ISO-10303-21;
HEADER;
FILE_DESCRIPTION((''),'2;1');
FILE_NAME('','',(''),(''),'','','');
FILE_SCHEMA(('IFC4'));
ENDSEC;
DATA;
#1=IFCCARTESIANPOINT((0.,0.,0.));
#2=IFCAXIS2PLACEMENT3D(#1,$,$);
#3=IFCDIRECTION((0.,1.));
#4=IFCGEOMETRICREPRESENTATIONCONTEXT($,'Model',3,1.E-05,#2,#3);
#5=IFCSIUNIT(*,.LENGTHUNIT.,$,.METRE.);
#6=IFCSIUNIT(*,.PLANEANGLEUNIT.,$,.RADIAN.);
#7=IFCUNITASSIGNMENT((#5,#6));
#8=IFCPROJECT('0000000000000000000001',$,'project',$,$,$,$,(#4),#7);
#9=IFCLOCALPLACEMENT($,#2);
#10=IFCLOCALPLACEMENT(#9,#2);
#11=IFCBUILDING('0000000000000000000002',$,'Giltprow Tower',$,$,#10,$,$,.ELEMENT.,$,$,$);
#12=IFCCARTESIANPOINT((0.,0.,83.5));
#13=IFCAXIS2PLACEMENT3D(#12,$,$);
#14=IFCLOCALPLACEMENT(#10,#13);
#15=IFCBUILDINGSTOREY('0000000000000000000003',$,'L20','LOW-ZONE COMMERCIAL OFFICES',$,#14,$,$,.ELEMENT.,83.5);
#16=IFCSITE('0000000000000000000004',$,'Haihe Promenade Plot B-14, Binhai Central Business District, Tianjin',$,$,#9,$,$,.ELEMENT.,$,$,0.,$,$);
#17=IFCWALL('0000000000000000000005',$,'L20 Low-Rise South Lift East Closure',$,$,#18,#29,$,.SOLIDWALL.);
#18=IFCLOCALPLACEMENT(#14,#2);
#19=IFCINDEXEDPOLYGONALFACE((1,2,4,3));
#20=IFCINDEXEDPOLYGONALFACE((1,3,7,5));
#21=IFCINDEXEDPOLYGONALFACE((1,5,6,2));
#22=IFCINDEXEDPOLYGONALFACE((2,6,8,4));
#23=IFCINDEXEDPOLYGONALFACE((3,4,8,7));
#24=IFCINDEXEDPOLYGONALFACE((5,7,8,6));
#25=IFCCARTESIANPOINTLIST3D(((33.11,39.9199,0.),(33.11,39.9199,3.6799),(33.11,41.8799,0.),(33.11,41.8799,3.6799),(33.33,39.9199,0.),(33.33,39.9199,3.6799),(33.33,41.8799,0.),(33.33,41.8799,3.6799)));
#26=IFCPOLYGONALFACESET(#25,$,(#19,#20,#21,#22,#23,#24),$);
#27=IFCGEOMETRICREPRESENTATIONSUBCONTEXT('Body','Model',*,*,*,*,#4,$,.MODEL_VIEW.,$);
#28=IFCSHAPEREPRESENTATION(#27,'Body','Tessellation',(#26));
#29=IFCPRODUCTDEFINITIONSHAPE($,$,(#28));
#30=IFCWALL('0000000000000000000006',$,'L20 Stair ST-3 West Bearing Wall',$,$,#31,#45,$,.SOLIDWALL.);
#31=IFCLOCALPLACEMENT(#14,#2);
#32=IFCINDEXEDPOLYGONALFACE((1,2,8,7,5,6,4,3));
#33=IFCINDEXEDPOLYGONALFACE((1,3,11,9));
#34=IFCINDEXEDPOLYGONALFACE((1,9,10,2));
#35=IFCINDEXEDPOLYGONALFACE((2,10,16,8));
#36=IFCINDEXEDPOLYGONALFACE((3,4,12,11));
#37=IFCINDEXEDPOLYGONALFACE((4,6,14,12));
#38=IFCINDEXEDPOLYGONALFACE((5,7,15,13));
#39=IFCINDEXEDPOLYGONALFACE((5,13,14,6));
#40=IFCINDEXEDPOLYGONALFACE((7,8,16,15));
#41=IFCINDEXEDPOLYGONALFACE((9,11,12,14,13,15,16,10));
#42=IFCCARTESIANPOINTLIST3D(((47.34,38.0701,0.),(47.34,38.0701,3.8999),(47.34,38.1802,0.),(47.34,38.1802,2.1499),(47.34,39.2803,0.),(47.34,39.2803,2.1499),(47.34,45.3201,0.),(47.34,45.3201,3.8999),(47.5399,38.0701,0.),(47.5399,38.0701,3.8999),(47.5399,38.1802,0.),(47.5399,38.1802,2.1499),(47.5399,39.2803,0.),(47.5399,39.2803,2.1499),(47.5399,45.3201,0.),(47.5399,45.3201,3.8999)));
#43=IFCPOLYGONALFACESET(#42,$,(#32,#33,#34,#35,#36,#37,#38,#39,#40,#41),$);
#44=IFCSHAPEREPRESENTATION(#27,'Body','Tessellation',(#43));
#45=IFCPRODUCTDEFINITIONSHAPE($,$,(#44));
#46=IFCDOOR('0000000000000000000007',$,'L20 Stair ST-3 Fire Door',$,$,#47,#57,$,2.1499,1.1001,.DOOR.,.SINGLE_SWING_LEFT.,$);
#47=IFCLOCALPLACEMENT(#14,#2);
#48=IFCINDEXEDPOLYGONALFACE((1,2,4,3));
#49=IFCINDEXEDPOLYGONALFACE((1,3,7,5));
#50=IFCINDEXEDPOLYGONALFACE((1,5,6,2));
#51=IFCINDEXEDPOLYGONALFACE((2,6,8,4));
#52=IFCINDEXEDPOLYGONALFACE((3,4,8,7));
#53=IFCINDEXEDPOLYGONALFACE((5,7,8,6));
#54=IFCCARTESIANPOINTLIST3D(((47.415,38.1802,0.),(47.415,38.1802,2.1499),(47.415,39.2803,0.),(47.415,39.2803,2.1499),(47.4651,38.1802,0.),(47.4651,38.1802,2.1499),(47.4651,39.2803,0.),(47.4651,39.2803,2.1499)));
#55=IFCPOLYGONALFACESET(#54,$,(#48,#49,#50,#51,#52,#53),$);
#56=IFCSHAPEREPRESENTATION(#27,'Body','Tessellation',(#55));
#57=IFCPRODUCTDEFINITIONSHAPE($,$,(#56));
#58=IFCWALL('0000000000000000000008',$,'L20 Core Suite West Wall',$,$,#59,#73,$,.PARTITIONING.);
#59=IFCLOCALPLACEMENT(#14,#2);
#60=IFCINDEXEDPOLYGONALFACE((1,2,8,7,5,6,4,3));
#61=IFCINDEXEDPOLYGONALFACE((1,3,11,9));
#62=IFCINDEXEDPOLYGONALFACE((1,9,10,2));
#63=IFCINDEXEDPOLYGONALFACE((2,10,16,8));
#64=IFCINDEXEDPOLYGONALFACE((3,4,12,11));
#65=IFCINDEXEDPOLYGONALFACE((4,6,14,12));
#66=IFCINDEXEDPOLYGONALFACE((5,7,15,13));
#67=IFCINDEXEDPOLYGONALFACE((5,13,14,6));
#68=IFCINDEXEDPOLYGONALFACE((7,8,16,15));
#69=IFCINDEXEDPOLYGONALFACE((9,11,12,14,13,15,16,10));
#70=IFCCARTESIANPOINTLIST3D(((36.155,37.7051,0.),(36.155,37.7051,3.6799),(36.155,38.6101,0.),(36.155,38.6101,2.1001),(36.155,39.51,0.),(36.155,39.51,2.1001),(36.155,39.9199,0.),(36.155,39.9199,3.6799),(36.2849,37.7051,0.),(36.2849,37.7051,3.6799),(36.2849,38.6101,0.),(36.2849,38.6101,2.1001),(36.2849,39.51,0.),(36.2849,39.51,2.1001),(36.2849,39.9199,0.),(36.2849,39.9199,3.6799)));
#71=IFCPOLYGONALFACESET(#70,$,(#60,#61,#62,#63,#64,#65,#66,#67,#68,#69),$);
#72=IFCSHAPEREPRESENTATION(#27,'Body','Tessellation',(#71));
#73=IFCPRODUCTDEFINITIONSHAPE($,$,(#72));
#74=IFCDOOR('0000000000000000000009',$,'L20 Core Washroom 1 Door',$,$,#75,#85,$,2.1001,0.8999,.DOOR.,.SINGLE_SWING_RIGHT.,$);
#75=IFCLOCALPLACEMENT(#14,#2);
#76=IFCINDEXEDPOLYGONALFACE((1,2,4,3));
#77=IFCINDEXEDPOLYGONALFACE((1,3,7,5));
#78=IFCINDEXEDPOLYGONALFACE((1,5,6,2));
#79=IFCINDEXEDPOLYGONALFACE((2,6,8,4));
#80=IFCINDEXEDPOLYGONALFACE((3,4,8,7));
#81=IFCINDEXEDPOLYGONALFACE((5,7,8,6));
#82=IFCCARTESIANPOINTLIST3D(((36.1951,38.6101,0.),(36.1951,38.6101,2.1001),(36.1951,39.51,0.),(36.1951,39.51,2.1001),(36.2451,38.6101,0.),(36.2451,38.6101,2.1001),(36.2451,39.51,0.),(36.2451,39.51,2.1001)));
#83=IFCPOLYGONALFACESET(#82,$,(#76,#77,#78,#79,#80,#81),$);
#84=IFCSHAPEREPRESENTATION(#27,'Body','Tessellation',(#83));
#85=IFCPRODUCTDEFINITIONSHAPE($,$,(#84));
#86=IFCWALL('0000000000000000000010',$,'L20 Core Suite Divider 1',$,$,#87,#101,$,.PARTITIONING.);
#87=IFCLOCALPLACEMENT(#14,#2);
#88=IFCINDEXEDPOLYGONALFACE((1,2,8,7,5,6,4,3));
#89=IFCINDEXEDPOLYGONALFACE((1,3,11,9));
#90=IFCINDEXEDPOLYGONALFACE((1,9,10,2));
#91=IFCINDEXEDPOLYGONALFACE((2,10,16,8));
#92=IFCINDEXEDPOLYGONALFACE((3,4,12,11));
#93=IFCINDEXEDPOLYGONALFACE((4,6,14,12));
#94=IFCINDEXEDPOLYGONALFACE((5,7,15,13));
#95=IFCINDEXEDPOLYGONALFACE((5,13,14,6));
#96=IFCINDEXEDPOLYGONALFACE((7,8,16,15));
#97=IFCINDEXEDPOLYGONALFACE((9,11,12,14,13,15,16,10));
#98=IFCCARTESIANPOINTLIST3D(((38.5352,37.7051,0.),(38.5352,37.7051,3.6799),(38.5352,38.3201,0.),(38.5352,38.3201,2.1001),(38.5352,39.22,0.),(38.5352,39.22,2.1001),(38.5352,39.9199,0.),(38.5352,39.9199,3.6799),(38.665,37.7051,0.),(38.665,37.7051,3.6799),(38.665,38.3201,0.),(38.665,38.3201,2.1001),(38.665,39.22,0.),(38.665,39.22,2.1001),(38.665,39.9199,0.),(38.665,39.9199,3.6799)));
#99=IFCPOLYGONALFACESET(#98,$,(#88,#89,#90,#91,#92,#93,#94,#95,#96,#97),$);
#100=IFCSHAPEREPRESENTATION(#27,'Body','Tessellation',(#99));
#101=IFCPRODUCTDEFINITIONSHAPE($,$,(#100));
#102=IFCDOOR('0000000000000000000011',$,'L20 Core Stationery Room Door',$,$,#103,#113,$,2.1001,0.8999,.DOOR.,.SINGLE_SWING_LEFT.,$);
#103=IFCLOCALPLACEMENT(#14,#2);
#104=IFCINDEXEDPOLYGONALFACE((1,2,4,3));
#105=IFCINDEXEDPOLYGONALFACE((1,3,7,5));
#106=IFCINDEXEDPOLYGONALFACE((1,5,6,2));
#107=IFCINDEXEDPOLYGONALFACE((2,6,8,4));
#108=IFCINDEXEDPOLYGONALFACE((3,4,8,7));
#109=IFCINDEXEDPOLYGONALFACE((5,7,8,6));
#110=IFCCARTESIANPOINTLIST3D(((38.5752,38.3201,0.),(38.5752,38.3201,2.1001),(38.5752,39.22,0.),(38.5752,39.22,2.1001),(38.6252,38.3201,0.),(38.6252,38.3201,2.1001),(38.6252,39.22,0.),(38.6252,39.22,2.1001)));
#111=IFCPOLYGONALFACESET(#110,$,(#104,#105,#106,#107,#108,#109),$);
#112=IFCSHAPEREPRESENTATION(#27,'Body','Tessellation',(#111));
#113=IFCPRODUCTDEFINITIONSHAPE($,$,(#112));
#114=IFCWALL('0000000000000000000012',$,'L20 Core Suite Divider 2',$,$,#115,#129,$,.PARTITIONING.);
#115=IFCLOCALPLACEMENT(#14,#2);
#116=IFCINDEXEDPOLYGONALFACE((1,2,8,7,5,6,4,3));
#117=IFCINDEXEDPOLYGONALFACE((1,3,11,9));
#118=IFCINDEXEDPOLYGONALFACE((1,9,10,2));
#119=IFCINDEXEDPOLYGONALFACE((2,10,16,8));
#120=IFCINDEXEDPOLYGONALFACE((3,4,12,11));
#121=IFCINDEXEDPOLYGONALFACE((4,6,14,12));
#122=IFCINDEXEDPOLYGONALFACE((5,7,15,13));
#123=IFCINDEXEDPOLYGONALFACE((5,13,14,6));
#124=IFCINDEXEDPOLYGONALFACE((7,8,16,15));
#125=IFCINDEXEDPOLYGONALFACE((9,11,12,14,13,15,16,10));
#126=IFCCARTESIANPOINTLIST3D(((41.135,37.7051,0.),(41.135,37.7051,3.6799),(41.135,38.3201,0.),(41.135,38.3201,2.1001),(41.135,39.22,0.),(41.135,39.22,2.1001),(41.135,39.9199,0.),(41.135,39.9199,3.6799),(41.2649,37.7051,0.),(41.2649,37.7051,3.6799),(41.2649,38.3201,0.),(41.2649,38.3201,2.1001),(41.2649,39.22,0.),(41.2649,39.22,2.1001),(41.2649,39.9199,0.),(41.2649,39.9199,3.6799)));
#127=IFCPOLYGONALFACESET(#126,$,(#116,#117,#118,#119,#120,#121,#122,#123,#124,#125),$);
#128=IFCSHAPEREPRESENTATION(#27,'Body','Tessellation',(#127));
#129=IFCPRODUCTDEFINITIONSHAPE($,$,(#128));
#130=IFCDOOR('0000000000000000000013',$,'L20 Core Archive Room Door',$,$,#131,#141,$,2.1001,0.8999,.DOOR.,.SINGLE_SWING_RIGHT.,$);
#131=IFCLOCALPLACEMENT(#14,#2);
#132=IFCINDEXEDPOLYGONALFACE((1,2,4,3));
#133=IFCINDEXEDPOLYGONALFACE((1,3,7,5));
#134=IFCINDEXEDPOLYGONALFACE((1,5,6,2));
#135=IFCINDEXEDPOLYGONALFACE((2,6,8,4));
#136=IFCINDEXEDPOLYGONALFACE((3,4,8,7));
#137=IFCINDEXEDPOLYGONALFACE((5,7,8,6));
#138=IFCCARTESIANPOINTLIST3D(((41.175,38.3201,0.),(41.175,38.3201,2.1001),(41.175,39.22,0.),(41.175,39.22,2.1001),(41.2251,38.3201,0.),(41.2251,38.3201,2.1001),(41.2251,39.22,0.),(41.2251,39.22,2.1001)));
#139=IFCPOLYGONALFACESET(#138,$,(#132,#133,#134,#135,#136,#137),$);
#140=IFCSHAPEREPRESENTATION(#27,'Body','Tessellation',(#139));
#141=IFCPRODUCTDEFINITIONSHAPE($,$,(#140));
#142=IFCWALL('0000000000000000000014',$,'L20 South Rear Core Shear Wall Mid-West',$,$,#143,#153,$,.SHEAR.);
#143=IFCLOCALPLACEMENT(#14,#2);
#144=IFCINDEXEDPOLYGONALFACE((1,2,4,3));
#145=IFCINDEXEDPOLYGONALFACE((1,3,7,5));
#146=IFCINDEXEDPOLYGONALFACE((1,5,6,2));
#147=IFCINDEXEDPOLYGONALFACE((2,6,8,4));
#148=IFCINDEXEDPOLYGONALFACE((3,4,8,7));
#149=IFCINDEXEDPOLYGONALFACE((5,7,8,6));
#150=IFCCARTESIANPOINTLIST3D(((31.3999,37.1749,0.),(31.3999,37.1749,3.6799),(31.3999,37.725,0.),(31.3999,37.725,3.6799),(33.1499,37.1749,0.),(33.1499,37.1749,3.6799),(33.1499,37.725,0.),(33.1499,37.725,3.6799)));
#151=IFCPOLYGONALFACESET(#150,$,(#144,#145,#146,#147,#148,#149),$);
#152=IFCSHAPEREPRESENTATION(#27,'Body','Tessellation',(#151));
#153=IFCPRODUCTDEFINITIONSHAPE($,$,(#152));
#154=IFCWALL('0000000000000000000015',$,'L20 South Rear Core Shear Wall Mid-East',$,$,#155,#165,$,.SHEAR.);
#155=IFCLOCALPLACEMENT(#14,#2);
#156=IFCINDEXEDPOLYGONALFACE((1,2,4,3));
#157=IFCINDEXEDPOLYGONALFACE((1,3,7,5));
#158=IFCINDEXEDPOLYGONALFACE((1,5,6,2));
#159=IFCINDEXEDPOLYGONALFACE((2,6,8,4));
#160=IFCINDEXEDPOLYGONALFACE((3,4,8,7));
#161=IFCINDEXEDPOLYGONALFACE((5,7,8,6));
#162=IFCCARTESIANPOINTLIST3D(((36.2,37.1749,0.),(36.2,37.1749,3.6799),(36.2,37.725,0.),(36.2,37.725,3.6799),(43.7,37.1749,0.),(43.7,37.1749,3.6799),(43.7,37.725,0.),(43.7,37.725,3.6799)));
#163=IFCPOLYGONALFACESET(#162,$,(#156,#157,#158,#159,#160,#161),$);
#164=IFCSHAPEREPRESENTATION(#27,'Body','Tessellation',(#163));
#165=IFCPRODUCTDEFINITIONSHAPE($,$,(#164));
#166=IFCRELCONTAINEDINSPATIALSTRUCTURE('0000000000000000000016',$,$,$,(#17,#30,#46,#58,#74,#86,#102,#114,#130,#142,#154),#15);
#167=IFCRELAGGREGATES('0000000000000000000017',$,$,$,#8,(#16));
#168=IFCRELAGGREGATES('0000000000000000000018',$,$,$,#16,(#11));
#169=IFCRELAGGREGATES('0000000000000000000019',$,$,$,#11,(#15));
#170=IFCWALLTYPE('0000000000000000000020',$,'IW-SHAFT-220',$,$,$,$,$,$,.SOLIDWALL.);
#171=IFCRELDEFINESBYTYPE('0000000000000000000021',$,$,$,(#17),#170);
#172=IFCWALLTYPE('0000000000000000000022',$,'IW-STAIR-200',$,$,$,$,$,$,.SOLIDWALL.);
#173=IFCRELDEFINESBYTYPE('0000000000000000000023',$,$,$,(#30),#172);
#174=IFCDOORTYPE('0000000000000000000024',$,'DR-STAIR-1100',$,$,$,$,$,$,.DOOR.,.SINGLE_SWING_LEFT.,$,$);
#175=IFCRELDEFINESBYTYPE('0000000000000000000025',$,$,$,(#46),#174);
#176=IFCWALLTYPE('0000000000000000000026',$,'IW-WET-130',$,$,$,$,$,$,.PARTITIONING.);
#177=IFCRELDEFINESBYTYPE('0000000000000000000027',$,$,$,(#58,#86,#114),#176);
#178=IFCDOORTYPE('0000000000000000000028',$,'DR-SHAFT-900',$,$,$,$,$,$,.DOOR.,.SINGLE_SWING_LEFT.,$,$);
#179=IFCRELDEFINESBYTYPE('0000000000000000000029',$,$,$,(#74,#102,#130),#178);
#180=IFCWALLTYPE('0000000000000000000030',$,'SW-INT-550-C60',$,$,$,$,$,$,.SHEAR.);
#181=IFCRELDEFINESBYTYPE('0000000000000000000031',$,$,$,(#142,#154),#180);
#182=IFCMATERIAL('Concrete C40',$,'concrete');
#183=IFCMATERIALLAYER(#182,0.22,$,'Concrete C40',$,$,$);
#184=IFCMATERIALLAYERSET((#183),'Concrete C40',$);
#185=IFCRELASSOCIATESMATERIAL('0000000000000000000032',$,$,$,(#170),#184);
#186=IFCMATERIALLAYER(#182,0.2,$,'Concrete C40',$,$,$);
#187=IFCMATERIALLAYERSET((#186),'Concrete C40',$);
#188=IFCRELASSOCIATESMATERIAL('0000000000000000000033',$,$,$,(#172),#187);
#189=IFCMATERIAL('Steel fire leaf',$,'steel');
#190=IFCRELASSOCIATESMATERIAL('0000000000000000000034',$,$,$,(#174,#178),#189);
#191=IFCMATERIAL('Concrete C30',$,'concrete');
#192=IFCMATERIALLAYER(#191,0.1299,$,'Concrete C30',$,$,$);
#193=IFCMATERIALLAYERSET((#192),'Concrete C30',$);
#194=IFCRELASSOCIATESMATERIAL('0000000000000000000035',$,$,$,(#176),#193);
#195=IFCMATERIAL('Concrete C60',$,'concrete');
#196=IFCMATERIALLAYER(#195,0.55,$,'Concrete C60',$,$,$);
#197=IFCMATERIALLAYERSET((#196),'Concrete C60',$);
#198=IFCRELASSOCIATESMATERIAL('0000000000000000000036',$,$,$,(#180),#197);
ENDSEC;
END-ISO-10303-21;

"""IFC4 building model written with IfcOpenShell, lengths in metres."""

from ifc_helpers import new_model, si_unit, direction, frame, frame_2d, origin, place, context, subcontext, project, spatial, rectangle, extrude, source, transform, mapped, material, layer, layer_set, type_object, element, fill, save


model = new_model("IFC4")

# Units and contexts
model_context = context("Model", 3, precision=1e-05, world=origin(), true_north=direction((0.0, 1.0)))
body_context = subcontext(model_context, "Body", "Model", "MODEL_VIEW")
ifc_project = project(units=[si_unit("LENGTHUNIT", "METRE"), si_unit("PLANEANGLEUNIT", "RADIAN")], contexts=[model_context])

# Site, building, storey
site_placement = place(None, origin())
site = spatial("IfcSite", under=ifc_project, at=site_placement, Name="Haihe Promenade Plot B-14, Binhai Central Business District, Tianjin", CompositionType="ELEMENT", RefElevation=0.0)
building_placement = place(site_placement, origin())
building = spatial("IfcBuilding", under=site, at=building_placement, Name="Giltprow Tower", CompositionType="ELEMENT")
storey_placement = place(building_placement, frame((0.0, 0.0, 83.5)))
storey = spatial("IfcBuildingStorey", under=building, at=storey_placement, Name="L20", Description="LOW-ZONE COMMERCIAL OFFICES", CompositionType="ELEMENT", Elevation=83.5)

# Shared definitions
ifc_material_1 = material(Name="Concrete C60", Category="concrete")

# Wall
ifc_material_2 = material(Name="Concrete C40", Category="concrete")
ifc_layer_1 = layer(ifc_material_2, 0.22, Name="Concrete C40")
ifc_layer_set_1 = layer_set([ifc_layer_1], Name="Concrete C40")
wall_type_1 = type_object("IfcWallType", Name="IW-SHAFT-220", PredefinedType="SOLIDWALL", material=ifc_layer_set_1)
wall_1_placement = place(storey_placement, frame((33.22, 39.9199, 0.0), z_axis=(0.0, 0.0, 1.0), x_axis=(0.0, 1.0, 0.0)))
element("IfcWall", 1, at=wall_1_placement, inside=storey, type_object=wall_type_1, Name="L20 Low-Rise South Lift East Closure", PredefinedType="SOLIDWALL", context=body_context, shape_type="SweptSolid", body=[
    extrude(rectangle(XDim=1.96, YDim=0.22, at=frame_2d((0.98, 0.0))), origin(), (0.0, 0.0, 1.0), 3.6799),
])

# Walls, openings, doors
ifc_layer_2 = layer(ifc_material_2, 0.2, Name="Concrete C40")
ifc_layer_set_2 = layer_set([ifc_layer_2], Name="Concrete C40")
wall_type_2 = type_object("IfcWallType", Name="IW-STAIR-200", PredefinedType="SOLIDWALL", material=ifc_layer_set_2)
wall_2_placement = place(storey_placement, frame((47.4399, 38.0701, 0.0), z_axis=(0.0, 0.0, 1.0), x_axis=(0.0, 1.0, 0.0)))
wall_2 = element("IfcWall", 2, at=wall_2_placement, inside=storey, type_object=wall_type_2, Name="L20 Stair ST-3 West Bearing Wall", PredefinedType="SOLIDWALL", context=body_context, shape_type="SweptSolid", body=[
    extrude(rectangle(XDim=7.25, YDim=0.2, at=frame_2d((3.625, 0.0))), origin(), (0.0, 0.0, 1.0), 3.8999),
])
opening_1_placement = place(wall_2_placement, frame((0.1101, 0.0, 0.0)))
opening_1 = element("IfcOpeningElement", 3, at=opening_1_placement, cuts=wall_2, PredefinedType="OPENING", context=body_context, shape_type="SweptSolid", body=[
    extrude(rectangle(XDim=1.1001, YDim=2.1499, at=frame_2d((0.55, 1.075))), frame((0.0, 0.1099, 0.0), z_axis=(0.0, -1.0, 0.0), x_axis=(1.0, 0.0, 0.0)), (0.0, 0.0, 1.0), 0.22),
])
ifc_material_3 = material(Name="Steel fire leaf", Category="steel")
door_type_1 = type_object("IfcDoorType", Name="DR-STAIR-1100", OperationType="SINGLE_SWING_LEFT", PredefinedType="DOOR", material=ifc_material_3)
shared_shape_1 = source(origin(), body_context, "Body", "SweptSolid", [
    extrude(rectangle(XDim=1.1001, YDim=2.1499, at=frame_2d((0.55, 1.075))), frame((0.0, 0.0249, 0.0), z_axis=(0.0, -1.0, 0.0), x_axis=(1.0, 0.0, 0.0)), (0.0, 0.0, 1.0), 0.05),
])
door_1_placement = place(opening_1_placement, origin())
door_1 = element("IfcDoor", 4, at=door_1_placement, inside=storey, type_object=door_type_1, Name="L20 Stair ST-3 Fire Door", OperationType="SINGLE_SWING_LEFT", OverallHeight=2.1499, OverallWidth=1.1001, PredefinedType="DOOR", context=body_context, shape_type="MappedRepresentation", body=[
    mapped(shared_shape_1, transform((0.0, 0.0, 0.0), x_axis=(1.0, 0.0, 0.0), y_axis=(0.0, 1.0, 0.0), z_axis=(0.0, 0.0, 1.0), scale=1.0)),
])
fill(opening_1, door_1)
ifc_material_4 = material(Name="Concrete C30", Category="concrete")
ifc_layer_3 = layer(ifc_material_4, 0.1299, Name="Concrete C30")
ifc_layer_set_3 = layer_set([ifc_layer_3], Name="Concrete C30")
wall_type_3 = type_object("IfcWallType", Name="IW-WET-130", PredefinedType="PARTITIONING", material=ifc_layer_set_3)
wall_3_placement = place(storey_placement, frame((36.22, 37.7051, 0.0), z_axis=(0.0, 0.0, 1.0), x_axis=(0.0, 1.0, 0.0)))
wall_3 = element("IfcWall", 5, at=wall_3_placement, inside=storey, type_object=wall_type_3, Name="L20 Core Suite West Wall", PredefinedType="PARTITIONING", context=body_context, shape_type="SweptSolid", body=[
    extrude(rectangle(XDim=2.2148, YDim=0.1299, at=frame_2d((1.1074, 0.0))), origin(), (0.0, 0.0, 1.0), 3.6799),
])
opening_2_placement = place(wall_3_placement, frame((0.905, 0.0, 0.0)))
opening_2 = element("IfcOpeningElement", 6, at=opening_2_placement, cuts=wall_3, PredefinedType="OPENING", context=body_context, shape_type="SweptSolid", body=[
    extrude(rectangle(XDim=0.8999, YDim=2.1001, at=frame_2d((0.45, 1.05))), frame((0.0, 0.075, 0.0), z_axis=(0.0, -1.0, 0.0), x_axis=(1.0, 0.0, 0.0)), (0.0, 0.0, 1.0), 0.1499),
])
door_type_2 = type_object("IfcDoorType", Name="DR-SHAFT-900", OperationType="SINGLE_SWING_LEFT", PredefinedType="DOOR", material=ifc_material_3)
shared_shape_2 = source(origin(), body_context, "Body", "SweptSolid", [
    extrude(rectangle(XDim=0.8999, YDim=2.1001, at=frame_2d((0.45, 1.05))), frame((0.0, 0.0249, 0.0), z_axis=(0.0, -1.0, 0.0), x_axis=(1.0, 0.0, 0.0)), (0.0, 0.0, 1.0), 0.05),
])
door_2_placement = place(opening_2_placement, origin())
door_2 = element("IfcDoor", 7, at=door_2_placement, inside=storey, type_object=door_type_2, Name="L20 Core Washroom 1 Door", OperationType="SINGLE_SWING_RIGHT", OverallHeight=2.1001, OverallWidth=0.8999, PredefinedType="DOOR", context=body_context, shape_type="MappedRepresentation", body=[
    mapped(shared_shape_2, transform((0.0, 0.0, 0.0), x_axis=(1.0, 0.0, 0.0), y_axis=(0.0, 1.0, 0.0), z_axis=(0.0, 0.0, 1.0), scale=1.0)),
])
fill(opening_2, door_2)
wall_4_placement = place(storey_placement, frame((38.6001, 37.7051, 0.0), z_axis=(0.0, 0.0, 1.0), x_axis=(0.0, 1.0, 0.0)))
wall_4 = element("IfcWall", 8, at=wall_4_placement, inside=storey, type_object=wall_type_3, Name="L20 Core Suite Divider 1", PredefinedType="PARTITIONING", context=body_context, shape_type="SweptSolid", body=[
    extrude(rectangle(XDim=2.2148, YDim=0.1299, at=frame_2d((1.1074, 0.0))), origin(), (0.0, 0.0, 1.0), 3.6799),
])
opening_3_placement = place(wall_4_placement, frame((0.615, 0.0, 0.0)))
opening_3 = element("IfcOpeningElement", 9, at=opening_3_placement, cuts=wall_4, PredefinedType="OPENING", context=body_context, shape_type="SweptSolid", body=[
    extrude(rectangle(XDim=0.8999, YDim=2.1001, at=frame_2d((0.45, 1.05))), frame((0.0, 0.075, 0.0), z_axis=(0.0, -1.0, 0.0), x_axis=(1.0, 0.0, 0.0)), (0.0, 0.0, 1.0), 0.1499),
])
door_3_placement = place(opening_3_placement, origin())
door_3 = element("IfcDoor", 10, at=door_3_placement, inside=storey, type_object=door_type_2, Name="L20 Core Stationery Room Door", OperationType="SINGLE_SWING_LEFT", OverallHeight=2.1001, OverallWidth=0.8999, PredefinedType="DOOR", context=body_context, shape_type="MappedRepresentation", body=[
    mapped(shared_shape_2, transform((0.0, 0.0, 0.0), x_axis=(1.0, 0.0, 0.0), y_axis=(0.0, 1.0, 0.0), z_axis=(0.0, 0.0, 1.0), scale=1.0)),
])
fill(opening_3, door_3)
wall_5_placement = place(storey_placement, frame((41.2, 37.7051, 0.0), z_axis=(0.0, 0.0, 1.0), x_axis=(0.0, 1.0, 0.0)))
wall_5 = element("IfcWall", 11, at=wall_5_placement, inside=storey, type_object=wall_type_3, Name="L20 Core Suite Divider 2", PredefinedType="PARTITIONING", context=body_context, shape_type="SweptSolid", body=[
    extrude(rectangle(XDim=2.2148, YDim=0.1299, at=frame_2d((1.1074, 0.0))), origin(), (0.0, 0.0, 1.0), 3.6799),
])
opening_4_placement = place(wall_5_placement, frame((0.615, 0.0, 0.0)))
opening_4 = element("IfcOpeningElement", 12, at=opening_4_placement, cuts=wall_5, PredefinedType="OPENING", context=body_context, shape_type="SweptSolid", body=[
    extrude(rectangle(XDim=0.8999, YDim=2.1001, at=frame_2d((0.45, 1.05))), frame((0.0, 0.075, 0.0), z_axis=(0.0, -1.0, 0.0), x_axis=(1.0, 0.0, 0.0)), (0.0, 0.0, 1.0), 0.1499),
])
door_4_placement = place(opening_4_placement, origin())
door_4 = element("IfcDoor", 13, at=door_4_placement, inside=storey, type_object=door_type_2, Name="L20 Core Archive Room Door", OperationType="SINGLE_SWING_RIGHT", OverallHeight=2.1001, OverallWidth=0.8999, PredefinedType="DOOR", context=body_context, shape_type="MappedRepresentation", body=[
    mapped(shared_shape_2, transform((0.0, 0.0, 0.0), x_axis=(1.0, 0.0, 0.0), y_axis=(0.0, 1.0, 0.0), z_axis=(0.0, 0.0, 1.0), scale=1.0)),
])
fill(opening_4, door_4)

# Walls
ifc_layer_4 = layer(ifc_material_1, 0.55, Name="Concrete C60")
ifc_layer_set_4 = layer_set([ifc_layer_4], Name="Concrete C60")
wall_type_4 = type_object("IfcWallType", Name="SW-INT-550-C60", PredefinedType="SHEAR", material=ifc_layer_set_4)
wall_6_placement = place(storey_placement, frame((31.3999, 37.45, 0.0), z_axis=(0.0, 0.0, 1.0), x_axis=(1.0, 0.0, 0.0)))
element("IfcWall", 14, at=wall_6_placement, inside=storey, type_object=wall_type_4, Name="L20 South Rear Core Shear Wall Mid-West", PredefinedType="SHEAR", context=body_context, shape_type="SweptSolid", body=[
    extrude(rectangle(XDim=1.75, YDim=0.55, at=frame_2d((0.875, 0.0))), origin(), (0.0, 0.0, 1.0), 3.6799),
])
wall_7_placement = place(storey_placement, frame((36.2, 37.45, 0.0), z_axis=(0.0, 0.0, 1.0), x_axis=(1.0, 0.0, 0.0)))
element("IfcWall", 15, at=wall_7_placement, inside=storey, type_object=wall_type_4, Name="L20 South Rear Core Shear Wall Mid-East", PredefinedType="SHEAR", context=body_context, shape_type="SweptSolid", body=[
    extrude(rectangle(XDim=7.5, YDim=0.55, at=frame_2d((3.75, 0.0))), origin(), (0.0, 0.0, 1.0), 3.6799),
])

save(model, "model.ifc")
